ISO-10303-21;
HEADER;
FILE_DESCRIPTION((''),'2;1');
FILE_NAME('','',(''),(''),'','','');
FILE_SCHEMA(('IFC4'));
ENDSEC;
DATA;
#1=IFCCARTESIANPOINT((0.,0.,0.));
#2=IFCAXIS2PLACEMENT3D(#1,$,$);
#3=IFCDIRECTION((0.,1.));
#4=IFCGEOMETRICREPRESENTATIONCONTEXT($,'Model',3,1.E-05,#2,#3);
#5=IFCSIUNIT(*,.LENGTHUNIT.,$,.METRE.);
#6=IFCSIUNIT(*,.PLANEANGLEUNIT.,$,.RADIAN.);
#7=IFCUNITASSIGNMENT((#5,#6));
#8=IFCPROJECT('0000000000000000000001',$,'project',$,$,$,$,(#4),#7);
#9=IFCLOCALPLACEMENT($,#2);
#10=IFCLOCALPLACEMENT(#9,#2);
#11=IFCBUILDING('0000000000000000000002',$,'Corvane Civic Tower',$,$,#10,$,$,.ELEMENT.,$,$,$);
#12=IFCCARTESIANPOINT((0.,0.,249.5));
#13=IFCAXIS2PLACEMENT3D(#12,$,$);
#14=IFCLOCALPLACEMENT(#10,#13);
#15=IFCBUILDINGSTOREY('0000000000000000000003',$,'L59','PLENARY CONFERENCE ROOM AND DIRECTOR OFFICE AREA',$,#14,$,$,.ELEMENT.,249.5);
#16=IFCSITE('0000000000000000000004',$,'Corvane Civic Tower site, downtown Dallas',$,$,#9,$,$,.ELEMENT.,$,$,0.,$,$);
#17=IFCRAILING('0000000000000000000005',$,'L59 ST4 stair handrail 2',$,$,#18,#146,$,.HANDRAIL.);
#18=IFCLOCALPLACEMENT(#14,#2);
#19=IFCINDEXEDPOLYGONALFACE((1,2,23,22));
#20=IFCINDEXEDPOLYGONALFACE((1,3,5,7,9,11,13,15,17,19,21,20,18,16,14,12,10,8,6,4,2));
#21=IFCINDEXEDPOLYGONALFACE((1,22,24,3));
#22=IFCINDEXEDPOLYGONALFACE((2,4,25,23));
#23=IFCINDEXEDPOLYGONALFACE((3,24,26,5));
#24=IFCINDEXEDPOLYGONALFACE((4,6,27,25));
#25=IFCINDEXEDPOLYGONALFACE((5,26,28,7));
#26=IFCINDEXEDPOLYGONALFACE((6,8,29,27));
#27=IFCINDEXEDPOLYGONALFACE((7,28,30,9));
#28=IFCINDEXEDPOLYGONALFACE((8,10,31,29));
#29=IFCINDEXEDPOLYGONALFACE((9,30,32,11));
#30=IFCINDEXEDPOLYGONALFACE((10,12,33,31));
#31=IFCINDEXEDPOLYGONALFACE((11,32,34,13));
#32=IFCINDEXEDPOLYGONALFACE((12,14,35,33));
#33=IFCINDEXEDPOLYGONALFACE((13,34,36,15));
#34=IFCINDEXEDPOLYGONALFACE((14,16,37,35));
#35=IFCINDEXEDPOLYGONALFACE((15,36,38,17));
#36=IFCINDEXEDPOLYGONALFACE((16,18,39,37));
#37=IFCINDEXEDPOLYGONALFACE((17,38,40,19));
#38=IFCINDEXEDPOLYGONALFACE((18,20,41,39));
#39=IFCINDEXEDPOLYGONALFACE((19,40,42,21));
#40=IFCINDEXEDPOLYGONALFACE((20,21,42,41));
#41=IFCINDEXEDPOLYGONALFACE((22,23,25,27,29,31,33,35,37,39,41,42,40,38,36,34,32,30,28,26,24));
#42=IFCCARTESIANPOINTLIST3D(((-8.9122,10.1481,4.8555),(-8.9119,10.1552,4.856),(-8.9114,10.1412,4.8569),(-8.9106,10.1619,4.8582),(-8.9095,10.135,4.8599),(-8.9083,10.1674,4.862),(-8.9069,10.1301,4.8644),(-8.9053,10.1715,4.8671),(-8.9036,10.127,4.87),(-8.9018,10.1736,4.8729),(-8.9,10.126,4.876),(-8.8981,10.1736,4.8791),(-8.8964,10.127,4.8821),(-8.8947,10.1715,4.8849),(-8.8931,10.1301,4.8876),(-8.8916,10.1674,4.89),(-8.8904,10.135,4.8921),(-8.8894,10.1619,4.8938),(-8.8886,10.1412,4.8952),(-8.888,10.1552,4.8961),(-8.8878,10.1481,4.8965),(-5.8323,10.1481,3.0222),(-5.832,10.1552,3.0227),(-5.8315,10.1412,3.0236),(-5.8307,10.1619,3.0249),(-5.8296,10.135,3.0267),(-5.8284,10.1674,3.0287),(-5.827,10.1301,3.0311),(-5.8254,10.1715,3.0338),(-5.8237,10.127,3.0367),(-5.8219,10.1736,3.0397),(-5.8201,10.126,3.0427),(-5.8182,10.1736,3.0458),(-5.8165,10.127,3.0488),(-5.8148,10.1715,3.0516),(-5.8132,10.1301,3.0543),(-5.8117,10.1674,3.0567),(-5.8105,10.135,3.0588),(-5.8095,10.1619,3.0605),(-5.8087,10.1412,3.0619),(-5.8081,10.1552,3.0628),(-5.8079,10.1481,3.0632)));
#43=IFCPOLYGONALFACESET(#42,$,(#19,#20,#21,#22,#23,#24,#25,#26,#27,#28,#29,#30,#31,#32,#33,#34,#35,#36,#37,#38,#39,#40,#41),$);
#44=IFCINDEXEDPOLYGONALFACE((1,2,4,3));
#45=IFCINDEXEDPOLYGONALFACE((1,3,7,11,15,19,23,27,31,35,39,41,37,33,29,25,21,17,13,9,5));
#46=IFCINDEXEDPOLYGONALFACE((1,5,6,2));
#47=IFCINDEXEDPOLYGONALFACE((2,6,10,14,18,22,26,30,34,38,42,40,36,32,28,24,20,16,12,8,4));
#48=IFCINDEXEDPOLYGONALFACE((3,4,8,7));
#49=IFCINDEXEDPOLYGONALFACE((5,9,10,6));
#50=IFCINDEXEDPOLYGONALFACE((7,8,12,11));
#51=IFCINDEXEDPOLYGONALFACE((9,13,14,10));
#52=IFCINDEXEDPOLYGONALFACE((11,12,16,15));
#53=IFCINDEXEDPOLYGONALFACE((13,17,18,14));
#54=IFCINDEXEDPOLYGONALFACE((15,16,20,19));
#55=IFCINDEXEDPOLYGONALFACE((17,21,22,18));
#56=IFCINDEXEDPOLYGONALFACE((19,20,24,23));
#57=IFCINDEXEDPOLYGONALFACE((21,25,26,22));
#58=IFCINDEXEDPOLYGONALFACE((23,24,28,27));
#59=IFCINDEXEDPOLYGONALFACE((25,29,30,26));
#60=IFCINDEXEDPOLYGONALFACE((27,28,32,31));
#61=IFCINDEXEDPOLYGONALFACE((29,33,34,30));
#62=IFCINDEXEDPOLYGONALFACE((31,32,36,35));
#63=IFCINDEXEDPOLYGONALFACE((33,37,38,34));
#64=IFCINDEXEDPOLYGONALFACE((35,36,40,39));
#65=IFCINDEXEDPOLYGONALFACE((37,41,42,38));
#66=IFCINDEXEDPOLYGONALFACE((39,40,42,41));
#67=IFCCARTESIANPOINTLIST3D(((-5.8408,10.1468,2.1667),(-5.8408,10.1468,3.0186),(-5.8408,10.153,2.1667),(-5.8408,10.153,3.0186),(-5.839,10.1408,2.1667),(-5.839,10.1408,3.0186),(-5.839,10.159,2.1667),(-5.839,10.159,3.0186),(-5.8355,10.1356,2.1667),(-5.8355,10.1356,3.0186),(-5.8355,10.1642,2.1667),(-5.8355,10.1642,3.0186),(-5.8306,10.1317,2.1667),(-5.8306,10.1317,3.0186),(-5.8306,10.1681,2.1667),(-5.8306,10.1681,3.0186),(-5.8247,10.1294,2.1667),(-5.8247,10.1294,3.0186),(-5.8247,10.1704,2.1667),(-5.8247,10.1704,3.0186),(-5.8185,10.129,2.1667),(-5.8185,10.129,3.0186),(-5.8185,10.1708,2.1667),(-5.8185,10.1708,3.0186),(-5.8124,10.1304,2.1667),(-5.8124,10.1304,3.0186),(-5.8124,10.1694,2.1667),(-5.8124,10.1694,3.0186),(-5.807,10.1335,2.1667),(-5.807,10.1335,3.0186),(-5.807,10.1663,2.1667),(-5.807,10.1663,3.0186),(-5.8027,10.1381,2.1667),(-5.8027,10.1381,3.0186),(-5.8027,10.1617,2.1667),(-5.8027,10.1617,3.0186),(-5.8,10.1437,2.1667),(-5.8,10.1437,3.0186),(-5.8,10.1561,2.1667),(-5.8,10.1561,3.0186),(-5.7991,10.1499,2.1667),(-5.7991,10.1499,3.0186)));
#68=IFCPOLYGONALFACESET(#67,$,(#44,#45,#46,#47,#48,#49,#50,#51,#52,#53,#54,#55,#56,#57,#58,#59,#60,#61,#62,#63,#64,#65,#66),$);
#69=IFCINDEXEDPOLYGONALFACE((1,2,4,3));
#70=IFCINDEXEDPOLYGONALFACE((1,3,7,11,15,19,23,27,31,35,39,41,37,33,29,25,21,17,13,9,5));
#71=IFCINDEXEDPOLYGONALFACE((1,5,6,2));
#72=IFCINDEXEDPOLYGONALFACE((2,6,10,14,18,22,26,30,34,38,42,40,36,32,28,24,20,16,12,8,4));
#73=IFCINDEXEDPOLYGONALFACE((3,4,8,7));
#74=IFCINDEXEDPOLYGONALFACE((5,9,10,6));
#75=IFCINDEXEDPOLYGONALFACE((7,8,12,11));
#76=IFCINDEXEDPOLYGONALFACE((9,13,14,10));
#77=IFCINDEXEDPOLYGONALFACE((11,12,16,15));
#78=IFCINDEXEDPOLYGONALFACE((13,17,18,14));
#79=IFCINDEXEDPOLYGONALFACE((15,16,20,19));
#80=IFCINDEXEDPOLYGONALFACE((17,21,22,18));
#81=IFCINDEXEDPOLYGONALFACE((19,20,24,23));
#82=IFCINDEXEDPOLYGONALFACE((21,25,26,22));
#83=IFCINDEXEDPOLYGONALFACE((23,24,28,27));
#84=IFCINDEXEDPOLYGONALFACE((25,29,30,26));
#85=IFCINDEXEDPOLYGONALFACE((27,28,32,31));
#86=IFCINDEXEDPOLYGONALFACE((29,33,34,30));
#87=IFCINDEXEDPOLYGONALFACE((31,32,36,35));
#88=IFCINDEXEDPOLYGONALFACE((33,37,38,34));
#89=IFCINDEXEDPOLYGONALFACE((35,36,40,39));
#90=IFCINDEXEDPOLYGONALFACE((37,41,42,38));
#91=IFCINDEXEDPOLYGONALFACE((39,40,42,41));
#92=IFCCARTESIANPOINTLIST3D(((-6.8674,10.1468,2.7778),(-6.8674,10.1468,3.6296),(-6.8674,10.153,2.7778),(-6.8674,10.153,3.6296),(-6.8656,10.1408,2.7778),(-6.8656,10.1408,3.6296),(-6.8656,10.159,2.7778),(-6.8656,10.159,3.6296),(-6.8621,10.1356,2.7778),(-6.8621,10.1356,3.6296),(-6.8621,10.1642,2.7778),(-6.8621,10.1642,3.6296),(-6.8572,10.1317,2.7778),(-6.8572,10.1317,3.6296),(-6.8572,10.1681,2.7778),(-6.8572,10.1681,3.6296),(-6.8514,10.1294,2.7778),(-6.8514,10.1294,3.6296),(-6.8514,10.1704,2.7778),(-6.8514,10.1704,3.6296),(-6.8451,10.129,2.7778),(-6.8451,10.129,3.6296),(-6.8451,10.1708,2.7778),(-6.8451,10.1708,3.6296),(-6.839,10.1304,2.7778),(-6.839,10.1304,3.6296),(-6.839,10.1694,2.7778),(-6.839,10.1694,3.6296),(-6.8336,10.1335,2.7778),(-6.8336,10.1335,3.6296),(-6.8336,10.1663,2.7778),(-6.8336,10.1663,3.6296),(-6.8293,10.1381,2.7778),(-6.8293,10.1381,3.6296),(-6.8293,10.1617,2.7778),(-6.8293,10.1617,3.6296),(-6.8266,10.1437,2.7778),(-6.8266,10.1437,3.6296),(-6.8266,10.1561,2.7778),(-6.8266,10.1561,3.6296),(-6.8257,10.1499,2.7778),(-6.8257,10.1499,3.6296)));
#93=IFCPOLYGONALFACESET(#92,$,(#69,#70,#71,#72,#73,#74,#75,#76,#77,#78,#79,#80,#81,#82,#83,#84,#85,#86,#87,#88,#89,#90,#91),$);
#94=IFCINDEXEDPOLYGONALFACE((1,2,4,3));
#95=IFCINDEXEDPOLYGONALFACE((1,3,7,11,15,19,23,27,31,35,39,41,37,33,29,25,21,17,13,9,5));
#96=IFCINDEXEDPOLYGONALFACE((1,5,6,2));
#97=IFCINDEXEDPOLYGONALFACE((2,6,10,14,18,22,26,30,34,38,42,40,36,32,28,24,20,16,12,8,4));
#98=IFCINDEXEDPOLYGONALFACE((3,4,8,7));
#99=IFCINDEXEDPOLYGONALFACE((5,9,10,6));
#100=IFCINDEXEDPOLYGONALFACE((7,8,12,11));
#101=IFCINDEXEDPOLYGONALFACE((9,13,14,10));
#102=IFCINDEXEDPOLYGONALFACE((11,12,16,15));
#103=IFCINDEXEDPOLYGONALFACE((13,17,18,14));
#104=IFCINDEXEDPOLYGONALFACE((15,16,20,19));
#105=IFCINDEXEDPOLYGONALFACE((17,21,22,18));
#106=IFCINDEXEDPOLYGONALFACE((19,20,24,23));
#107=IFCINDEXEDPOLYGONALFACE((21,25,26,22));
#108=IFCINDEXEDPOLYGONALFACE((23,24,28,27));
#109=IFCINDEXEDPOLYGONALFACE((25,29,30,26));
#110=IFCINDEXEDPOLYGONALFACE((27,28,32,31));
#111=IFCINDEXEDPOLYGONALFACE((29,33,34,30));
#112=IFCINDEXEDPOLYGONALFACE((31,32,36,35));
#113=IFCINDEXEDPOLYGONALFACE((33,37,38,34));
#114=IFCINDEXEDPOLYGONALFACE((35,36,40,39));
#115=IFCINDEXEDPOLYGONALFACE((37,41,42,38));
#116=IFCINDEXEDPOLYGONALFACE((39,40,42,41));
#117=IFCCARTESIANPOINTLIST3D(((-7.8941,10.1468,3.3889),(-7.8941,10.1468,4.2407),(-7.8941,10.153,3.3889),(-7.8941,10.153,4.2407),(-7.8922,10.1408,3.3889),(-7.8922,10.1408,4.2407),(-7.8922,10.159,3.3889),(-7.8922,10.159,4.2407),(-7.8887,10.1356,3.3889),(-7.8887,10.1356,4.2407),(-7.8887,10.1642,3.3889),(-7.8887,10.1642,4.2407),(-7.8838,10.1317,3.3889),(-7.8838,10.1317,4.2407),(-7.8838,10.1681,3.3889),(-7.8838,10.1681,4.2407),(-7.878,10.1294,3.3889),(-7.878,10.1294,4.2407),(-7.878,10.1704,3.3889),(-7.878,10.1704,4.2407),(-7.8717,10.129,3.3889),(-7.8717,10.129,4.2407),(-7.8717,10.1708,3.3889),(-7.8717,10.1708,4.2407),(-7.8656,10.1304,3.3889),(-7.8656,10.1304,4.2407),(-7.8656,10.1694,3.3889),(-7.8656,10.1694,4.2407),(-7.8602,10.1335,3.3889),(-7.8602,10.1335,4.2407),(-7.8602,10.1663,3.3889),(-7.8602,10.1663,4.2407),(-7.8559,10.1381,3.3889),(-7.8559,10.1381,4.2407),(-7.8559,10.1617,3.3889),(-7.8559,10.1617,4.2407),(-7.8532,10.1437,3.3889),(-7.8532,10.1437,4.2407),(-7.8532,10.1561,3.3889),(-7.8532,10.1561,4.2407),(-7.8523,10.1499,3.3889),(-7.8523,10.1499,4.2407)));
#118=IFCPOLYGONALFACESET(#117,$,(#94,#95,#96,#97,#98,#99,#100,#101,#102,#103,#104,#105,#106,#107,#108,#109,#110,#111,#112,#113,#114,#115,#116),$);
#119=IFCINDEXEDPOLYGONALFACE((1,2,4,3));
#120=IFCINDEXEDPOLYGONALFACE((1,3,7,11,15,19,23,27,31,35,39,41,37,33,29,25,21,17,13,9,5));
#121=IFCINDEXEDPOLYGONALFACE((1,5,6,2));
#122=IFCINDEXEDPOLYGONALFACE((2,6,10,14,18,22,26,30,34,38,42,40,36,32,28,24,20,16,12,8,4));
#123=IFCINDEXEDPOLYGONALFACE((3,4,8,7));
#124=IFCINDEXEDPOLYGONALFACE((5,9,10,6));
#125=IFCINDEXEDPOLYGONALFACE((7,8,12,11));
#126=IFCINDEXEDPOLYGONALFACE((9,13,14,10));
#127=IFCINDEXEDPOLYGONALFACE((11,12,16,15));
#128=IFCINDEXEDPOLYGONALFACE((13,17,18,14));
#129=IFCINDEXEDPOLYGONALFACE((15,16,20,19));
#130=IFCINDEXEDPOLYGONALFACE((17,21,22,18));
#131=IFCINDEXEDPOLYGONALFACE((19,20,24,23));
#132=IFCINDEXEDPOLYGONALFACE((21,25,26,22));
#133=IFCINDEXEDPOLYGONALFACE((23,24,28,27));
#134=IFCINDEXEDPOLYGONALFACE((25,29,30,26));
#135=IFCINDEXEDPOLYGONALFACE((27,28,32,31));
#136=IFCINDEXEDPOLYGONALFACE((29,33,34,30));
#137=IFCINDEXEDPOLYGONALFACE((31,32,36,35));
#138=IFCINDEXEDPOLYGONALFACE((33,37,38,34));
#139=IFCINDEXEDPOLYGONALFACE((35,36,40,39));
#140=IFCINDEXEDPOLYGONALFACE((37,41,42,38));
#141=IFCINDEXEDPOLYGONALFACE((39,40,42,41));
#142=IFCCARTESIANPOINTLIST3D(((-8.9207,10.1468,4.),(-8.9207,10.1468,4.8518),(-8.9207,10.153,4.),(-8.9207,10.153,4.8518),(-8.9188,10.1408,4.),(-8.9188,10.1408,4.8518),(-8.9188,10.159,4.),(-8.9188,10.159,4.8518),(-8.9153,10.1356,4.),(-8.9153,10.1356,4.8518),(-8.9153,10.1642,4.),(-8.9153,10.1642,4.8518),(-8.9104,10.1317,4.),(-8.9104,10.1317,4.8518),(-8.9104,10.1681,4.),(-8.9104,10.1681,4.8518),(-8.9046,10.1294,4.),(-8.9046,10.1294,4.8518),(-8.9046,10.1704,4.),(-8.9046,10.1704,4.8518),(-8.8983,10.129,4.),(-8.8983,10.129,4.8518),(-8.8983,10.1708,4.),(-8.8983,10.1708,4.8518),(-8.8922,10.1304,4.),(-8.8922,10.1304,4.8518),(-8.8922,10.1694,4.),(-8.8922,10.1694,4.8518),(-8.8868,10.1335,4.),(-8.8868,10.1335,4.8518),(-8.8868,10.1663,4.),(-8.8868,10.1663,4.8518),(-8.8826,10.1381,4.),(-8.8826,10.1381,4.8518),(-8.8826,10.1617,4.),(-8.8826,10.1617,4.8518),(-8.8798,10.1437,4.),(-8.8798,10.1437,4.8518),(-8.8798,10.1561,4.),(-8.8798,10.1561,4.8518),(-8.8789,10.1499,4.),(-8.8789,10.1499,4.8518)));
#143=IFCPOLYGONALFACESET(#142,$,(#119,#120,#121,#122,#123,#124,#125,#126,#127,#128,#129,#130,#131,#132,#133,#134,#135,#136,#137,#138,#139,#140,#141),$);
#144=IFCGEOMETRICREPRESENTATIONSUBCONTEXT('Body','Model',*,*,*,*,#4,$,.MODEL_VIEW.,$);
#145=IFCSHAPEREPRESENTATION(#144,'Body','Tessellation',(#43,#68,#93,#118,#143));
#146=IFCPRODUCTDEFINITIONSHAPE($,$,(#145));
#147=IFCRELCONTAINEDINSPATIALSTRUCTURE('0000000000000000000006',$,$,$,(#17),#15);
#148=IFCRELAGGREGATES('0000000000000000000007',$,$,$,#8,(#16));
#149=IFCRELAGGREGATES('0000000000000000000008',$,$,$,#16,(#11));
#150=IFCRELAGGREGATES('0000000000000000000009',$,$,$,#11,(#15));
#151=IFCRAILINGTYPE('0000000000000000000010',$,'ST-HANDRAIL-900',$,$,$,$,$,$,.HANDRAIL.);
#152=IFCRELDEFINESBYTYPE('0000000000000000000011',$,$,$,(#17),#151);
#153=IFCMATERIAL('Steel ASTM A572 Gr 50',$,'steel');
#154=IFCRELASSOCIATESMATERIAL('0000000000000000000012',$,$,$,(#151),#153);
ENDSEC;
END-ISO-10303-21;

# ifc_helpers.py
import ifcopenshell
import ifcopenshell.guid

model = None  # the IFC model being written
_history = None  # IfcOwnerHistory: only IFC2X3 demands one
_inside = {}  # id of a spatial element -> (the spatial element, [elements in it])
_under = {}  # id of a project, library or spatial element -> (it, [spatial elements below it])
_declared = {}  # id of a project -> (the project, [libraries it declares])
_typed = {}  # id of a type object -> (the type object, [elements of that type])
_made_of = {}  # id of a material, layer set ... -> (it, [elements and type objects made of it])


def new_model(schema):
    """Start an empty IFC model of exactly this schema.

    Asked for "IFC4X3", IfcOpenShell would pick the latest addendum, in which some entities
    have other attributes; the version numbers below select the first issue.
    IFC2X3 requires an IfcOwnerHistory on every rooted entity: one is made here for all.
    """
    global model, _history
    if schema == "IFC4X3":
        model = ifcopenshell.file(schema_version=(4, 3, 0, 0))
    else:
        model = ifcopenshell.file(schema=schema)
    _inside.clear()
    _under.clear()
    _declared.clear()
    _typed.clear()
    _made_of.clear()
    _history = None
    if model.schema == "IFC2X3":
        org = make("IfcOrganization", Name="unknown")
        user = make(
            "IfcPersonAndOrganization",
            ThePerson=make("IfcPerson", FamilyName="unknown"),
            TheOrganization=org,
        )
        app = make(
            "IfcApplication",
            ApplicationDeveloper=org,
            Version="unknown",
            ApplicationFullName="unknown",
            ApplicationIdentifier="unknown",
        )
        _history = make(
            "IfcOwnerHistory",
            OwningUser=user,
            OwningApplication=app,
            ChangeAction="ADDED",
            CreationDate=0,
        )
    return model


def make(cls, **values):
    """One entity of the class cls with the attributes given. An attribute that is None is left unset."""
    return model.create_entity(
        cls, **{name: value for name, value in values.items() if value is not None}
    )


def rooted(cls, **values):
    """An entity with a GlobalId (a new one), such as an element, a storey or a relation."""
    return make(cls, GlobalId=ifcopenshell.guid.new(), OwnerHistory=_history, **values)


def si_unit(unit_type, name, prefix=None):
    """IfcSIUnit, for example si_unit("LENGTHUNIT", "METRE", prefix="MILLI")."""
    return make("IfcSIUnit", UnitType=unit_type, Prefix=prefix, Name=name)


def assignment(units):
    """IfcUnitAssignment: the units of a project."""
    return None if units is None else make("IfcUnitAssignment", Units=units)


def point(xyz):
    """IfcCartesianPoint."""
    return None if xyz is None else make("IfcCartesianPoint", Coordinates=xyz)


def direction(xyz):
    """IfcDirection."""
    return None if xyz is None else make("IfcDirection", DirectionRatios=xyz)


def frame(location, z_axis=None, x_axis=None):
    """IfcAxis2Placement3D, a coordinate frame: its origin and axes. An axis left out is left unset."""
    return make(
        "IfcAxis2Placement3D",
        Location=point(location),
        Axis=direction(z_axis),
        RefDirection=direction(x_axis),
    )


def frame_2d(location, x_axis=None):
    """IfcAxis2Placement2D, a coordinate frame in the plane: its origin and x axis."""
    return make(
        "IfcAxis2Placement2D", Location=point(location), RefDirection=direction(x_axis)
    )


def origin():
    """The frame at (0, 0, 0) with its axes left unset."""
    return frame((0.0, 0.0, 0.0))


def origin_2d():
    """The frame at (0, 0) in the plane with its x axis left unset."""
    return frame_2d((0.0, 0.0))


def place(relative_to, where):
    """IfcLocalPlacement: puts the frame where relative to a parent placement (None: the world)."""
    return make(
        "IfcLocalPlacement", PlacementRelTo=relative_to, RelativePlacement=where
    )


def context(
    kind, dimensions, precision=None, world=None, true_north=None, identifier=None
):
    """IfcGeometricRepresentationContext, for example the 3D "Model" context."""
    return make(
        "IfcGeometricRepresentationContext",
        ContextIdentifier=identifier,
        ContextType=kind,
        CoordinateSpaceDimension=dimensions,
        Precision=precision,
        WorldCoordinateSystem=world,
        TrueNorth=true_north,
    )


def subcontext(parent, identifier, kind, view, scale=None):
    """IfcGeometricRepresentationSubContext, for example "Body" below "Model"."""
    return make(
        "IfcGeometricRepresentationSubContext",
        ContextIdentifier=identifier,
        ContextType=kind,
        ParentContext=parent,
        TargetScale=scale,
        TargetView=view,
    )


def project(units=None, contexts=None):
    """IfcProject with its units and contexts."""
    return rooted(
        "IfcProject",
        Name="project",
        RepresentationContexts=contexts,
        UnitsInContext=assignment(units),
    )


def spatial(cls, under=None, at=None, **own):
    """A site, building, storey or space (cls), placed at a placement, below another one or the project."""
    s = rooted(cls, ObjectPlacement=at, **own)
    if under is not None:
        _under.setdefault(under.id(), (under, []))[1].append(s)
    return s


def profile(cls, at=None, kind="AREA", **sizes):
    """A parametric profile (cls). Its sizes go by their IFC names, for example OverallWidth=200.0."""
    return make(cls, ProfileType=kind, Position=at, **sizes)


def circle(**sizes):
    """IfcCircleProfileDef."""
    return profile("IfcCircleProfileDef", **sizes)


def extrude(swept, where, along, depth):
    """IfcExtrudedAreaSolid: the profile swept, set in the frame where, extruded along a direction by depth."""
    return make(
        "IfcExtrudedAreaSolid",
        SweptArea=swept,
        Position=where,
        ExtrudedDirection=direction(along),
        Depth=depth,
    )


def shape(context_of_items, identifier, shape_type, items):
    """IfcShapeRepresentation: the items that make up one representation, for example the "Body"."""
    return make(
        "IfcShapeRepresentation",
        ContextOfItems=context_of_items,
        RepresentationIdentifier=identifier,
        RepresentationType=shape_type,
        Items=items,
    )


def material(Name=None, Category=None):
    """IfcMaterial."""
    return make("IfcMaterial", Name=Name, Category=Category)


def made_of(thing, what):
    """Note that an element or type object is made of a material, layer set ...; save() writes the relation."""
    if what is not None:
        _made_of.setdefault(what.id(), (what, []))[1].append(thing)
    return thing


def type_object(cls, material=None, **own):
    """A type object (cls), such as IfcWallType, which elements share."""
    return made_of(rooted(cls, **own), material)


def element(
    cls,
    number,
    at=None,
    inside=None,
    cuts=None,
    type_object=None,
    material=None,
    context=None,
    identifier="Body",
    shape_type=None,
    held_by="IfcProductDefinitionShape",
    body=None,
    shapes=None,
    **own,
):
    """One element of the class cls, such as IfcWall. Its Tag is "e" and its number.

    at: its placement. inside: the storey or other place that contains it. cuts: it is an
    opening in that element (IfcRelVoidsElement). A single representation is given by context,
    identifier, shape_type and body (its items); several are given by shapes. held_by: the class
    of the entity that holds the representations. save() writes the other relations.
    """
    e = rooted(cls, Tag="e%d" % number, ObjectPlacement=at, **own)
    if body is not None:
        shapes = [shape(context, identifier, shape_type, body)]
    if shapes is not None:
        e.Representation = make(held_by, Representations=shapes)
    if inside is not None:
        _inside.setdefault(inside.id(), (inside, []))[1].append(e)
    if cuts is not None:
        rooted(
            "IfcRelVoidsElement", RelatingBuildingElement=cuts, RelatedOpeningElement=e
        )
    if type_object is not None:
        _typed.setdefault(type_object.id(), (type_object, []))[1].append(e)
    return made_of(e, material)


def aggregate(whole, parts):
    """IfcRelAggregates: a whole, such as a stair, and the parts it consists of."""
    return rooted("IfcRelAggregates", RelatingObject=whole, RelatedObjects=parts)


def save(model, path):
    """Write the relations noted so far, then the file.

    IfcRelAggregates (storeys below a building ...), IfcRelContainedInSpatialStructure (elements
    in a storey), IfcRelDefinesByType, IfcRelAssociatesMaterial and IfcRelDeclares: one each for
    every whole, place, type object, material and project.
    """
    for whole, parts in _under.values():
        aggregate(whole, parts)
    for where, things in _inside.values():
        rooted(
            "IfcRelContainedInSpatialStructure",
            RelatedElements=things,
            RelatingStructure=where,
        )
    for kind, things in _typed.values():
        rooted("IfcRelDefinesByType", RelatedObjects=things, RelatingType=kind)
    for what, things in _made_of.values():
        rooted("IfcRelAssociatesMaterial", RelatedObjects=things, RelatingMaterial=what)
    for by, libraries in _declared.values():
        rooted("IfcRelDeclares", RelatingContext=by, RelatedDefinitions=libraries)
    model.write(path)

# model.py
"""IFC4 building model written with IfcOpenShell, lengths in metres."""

from ifc_helpers import new_model, si_unit, direction, frame, origin, origin_2d, place, context, subcontext, project, spatial, circle, extrude, material, type_object, element, save


model = new_model("IFC4")

# Units and contexts
model_context = context("Model", 3, precision=1e-05, world=origin(), true_north=direction((0.0, 1.0)))
body_context = subcontext(model_context, "Body", "Model", "MODEL_VIEW")
ifc_project = project(units=[si_unit("LENGTHUNIT", "METRE"), si_unit("PLANEANGLEUNIT", "RADIAN")], contexts=[model_context])

# Site, building, storey
site_placement = place(None, origin())
site = spatial("IfcSite", under=ifc_project, at=site_placement, Name="Corvane Civic Tower site, downtown Dallas", CompositionType="ELEMENT", RefElevation=0.0)
building_placement = place(site_placement, origin())
building = spatial("IfcBuilding", under=site, at=building_placement, Name="Corvane Civic Tower", CompositionType="ELEMENT")
storey_placement = place(building_placement, frame((0.0, 0.0, 249.5)))
storey = spatial("IfcBuildingStorey", under=building, at=storey_placement, Name="L59", Description="PLENARY CONFERENCE ROOM AND DIRECTOR OFFICE AREA", CompositionType="ELEMENT", Elevation=249.5)

# Railing
ifc_material_1 = material(Name="Steel ASTM A572 Gr 50", Category="steel")
railing_type = type_object("IfcRailingType", Name="ST-HANDRAIL-900", PredefinedType="HANDRAIL", material=ifc_material_1)
railing_placement = place(storey_placement, frame((-5.8201, 10.1499, 2.1667)))
element("IfcRailing", 1, at=railing_placement, inside=storey, type_object=railing_type, Name="L59 ST4 stair handrail 2", PredefinedType="HANDRAIL", context=body_context, shape_type="SweptSolid", body=[
    extrude(circle(Radius=0.0239, at=origin_2d()), frame((0.0, 0.0, 0.876), z_axis=(-0.859291, 0.0, 0.511487), x_axis=(0.0, -1.0, 0.0)), (0.0, 0.0, 1.0), 3.5842),
    extrude(circle(Radius=0.021, at=origin_2d()), origin(), (0.0, 0.0, 1.0), 0.8518),
    extrude(circle(Radius=0.021, at=origin_2d()), frame((-1.0266, 0.0, 0.6111)), (0.0, 0.0, 1.0), 0.8518),
    extrude(circle(Radius=0.021, at=origin_2d()), frame((-2.0532, 0.0, 1.2222)), (0.0, 0.0, 1.0), 0.8518),
    extrude(circle(Radius=0.021, at=origin_2d()), frame((-3.0798, 0.0, 1.8333)), (0.0, 0.0, 1.0), 0.8518),
])

save(model, "model.ifc")
